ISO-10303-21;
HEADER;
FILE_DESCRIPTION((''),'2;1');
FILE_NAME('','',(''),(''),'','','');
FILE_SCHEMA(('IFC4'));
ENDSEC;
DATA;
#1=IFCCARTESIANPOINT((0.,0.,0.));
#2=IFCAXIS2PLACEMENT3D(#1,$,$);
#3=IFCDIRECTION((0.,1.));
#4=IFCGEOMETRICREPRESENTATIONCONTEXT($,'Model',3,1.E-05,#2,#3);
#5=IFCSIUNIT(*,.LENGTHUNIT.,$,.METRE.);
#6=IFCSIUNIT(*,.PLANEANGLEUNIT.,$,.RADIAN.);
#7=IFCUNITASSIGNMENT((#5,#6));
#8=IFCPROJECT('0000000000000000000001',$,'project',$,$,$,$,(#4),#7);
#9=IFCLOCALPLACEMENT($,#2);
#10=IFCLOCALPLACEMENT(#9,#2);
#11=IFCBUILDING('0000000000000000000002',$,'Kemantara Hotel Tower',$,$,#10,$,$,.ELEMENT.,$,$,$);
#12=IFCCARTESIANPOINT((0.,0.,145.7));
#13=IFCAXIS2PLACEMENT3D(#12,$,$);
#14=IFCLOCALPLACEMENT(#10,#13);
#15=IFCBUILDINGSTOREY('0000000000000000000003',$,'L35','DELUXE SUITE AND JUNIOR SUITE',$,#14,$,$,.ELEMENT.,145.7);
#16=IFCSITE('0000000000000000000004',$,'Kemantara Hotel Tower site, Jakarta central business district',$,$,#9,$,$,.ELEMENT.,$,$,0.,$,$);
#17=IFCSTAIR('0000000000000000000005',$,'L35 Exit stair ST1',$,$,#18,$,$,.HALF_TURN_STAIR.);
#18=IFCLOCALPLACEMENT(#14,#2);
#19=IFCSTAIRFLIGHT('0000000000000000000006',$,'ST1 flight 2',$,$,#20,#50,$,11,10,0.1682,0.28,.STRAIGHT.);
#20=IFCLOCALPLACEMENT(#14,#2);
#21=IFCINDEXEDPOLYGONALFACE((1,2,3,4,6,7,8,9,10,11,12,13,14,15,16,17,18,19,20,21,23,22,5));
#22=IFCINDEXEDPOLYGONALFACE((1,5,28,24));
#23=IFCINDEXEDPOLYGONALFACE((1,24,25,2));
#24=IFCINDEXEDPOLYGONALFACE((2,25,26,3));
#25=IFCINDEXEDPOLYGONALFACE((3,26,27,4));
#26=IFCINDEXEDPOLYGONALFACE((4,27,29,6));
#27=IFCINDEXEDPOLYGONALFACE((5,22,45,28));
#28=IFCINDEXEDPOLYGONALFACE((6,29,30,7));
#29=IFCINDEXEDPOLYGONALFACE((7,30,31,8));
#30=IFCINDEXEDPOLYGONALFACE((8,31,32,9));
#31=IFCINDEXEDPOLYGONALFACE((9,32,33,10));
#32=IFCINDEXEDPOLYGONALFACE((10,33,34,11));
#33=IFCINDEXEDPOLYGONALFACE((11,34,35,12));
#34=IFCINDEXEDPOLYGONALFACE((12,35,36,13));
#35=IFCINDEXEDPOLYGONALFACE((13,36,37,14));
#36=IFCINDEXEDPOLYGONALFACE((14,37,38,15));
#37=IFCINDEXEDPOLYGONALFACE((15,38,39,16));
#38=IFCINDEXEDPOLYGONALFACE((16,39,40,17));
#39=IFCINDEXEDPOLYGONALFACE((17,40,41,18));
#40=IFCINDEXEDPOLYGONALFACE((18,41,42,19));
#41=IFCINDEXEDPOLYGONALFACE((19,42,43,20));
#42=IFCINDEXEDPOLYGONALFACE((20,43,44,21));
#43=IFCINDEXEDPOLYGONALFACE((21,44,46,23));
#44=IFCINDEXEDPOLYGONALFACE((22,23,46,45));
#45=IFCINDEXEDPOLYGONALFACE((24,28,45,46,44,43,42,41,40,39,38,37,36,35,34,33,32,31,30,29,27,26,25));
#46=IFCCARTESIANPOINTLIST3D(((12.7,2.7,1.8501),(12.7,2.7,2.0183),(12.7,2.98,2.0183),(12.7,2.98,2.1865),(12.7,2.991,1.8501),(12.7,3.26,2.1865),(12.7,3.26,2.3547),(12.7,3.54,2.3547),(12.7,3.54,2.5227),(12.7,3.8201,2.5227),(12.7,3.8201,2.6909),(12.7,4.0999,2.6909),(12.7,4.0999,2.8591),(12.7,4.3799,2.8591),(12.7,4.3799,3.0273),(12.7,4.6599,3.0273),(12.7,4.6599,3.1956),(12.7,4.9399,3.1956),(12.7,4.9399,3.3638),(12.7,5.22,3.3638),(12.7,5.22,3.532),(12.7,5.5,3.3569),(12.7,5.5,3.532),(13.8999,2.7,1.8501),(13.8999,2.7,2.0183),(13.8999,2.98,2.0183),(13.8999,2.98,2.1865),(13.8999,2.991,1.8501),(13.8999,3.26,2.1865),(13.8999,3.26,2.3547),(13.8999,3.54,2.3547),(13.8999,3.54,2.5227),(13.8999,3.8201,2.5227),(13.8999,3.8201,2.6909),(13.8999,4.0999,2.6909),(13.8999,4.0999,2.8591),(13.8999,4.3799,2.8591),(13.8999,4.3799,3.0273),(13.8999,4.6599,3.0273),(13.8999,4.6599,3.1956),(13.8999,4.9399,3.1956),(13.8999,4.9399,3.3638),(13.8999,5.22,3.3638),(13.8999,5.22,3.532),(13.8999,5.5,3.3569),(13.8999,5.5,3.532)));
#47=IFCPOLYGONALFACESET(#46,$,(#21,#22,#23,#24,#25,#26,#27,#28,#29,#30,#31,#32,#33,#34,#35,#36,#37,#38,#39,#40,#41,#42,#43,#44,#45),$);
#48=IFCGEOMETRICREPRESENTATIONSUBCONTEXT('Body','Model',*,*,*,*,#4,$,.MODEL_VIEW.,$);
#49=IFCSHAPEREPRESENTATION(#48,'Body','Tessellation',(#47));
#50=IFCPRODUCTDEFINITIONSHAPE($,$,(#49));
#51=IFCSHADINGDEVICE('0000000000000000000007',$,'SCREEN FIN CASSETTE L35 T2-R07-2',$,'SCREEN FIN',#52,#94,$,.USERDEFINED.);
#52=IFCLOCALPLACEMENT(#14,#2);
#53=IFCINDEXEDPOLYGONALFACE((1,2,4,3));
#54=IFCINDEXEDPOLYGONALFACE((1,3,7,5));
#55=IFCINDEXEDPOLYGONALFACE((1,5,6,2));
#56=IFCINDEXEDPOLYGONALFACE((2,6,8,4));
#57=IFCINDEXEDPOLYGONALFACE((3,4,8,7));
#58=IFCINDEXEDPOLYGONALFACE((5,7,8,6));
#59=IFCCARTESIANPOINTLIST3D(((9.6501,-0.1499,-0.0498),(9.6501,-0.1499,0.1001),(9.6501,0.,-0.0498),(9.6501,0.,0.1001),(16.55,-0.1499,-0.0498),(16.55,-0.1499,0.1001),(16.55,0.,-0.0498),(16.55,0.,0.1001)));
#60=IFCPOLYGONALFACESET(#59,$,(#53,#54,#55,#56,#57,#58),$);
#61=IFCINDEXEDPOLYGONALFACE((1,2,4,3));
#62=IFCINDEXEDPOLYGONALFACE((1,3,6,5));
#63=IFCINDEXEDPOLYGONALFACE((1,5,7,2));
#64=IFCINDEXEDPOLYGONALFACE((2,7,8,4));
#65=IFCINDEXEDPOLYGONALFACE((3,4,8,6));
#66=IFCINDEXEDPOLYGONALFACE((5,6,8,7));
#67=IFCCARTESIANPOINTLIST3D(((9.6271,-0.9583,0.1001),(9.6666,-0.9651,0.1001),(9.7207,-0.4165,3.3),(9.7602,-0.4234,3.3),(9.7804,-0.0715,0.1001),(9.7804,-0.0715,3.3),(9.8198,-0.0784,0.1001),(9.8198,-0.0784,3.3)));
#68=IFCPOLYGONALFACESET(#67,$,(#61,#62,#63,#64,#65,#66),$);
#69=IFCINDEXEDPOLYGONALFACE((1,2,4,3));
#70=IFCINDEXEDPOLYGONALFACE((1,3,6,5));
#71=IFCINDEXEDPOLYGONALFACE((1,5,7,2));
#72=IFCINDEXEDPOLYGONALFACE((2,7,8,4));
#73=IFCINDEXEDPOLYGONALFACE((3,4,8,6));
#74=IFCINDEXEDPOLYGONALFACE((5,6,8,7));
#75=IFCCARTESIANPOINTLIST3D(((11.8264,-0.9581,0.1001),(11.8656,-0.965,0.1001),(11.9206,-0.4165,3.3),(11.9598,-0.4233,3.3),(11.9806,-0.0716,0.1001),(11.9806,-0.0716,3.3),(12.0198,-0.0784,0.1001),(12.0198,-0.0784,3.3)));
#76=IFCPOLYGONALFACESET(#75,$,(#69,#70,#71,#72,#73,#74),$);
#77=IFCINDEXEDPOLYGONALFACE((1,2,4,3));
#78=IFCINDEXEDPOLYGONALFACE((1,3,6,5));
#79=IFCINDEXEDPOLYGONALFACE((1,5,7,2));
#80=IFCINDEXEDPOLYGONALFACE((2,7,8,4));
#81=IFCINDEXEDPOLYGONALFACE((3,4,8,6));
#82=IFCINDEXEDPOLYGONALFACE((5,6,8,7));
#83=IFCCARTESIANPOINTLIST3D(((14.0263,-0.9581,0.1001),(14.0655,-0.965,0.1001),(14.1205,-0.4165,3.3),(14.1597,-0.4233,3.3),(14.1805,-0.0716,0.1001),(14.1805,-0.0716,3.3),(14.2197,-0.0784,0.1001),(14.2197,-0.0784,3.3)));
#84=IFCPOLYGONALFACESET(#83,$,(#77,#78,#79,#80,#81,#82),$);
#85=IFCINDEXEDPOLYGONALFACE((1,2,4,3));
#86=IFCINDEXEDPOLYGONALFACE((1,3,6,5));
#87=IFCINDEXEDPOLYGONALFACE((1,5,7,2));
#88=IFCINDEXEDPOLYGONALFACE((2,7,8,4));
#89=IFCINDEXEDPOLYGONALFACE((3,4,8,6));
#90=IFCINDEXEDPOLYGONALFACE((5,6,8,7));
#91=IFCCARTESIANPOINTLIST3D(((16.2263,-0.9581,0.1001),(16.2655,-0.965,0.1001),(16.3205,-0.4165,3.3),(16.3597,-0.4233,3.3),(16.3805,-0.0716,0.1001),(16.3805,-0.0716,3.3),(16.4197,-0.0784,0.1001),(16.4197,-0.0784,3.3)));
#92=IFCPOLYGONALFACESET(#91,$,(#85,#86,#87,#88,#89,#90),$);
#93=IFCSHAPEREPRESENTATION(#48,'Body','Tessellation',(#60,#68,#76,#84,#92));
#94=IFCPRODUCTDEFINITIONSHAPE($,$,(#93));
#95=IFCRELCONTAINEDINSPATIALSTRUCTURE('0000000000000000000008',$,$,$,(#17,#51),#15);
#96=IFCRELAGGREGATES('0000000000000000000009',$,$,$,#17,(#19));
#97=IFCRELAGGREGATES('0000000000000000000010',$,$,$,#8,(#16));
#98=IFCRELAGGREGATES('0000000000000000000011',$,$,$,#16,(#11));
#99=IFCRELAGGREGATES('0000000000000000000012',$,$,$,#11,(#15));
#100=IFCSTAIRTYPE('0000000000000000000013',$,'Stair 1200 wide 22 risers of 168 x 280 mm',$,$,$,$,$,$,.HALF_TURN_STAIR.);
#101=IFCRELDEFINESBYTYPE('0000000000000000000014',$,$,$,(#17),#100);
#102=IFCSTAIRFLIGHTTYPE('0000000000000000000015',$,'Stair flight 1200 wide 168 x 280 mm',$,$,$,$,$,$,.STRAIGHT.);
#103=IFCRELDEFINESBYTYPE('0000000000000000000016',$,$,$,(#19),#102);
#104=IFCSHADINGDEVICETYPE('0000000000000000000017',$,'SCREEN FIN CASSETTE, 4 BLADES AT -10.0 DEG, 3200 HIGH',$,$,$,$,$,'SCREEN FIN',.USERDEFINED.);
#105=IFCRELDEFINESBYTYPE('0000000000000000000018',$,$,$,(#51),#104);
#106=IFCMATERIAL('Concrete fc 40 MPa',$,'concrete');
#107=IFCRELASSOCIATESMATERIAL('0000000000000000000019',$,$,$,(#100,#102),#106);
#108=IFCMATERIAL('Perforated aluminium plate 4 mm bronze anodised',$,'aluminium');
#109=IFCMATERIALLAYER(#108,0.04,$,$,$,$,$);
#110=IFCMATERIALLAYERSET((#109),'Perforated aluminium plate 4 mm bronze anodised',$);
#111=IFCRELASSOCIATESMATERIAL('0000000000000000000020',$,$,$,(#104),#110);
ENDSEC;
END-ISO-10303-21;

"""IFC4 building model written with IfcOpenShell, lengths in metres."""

from ifc_helpers import new_model, si_unit, direction, frame, origin, origin_2d, place, context, subcontext, project, spatial, polyline, rectangle, outline, extrude, source, transform, mapped, material, layer, layer_set, type_object, element, aggregate, save


model = new_model("IFC4")

# Units and contexts
model_context = context("Model", 3, precision=1e-05, world=origin(), true_north=direction((0.0, 1.0)))
body_context = subcontext(model_context, "Body", "Model", "MODEL_VIEW")
ifc_project = project(units=[si_unit("LENGTHUNIT", "METRE"), si_unit("PLANEANGLEUNIT", "RADIAN")], contexts=[model_context])

# Site, building, storey
site_placement = place(None, origin())
site = spatial("IfcSite", under=ifc_project, at=site_placement, Name="Kemantara Hotel Tower site, Jakarta central business district", CompositionType="ELEMENT", RefElevation=0.0)
building_placement = place(site_placement, origin())
building = spatial("IfcBuilding", under=site, at=building_placement, Name="Kemantara Hotel Tower", CompositionType="ELEMENT")
storey_placement = place(building_placement, frame((0.0, 0.0, 145.7)))
storey = spatial("IfcBuildingStorey", under=building, at=storey_placement, Name="L35", Description="DELUXE SUITE AND JUNIOR SUITE", CompositionType="ELEMENT", Elevation=145.7)

# Stair, stair flight
ifc_material_1 = material(Name="Concrete fc 40 MPa", Category="concrete")
stair_type = type_object("IfcStairType", Name="Stair 1200 wide 22 risers of 168 x 280 mm", PredefinedType="HALF_TURN_STAIR", material=ifc_material_1)
stair_placement = place(storey_placement, origin())
stair = element("IfcStair", 1, at=stair_placement, inside=storey, type_object=stair_type, Name="L35 Exit stair ST1", PredefinedType="HALF_TURN_STAIR")
stair_flight_type = type_object("IfcStairFlightType", Name="Stair flight 1200 wide 168 x 280 mm", PredefinedType="STRAIGHT", material=ifc_material_1)
stair_flight_placement = place(storey_placement, frame((13.3, 2.7, 1.8501), z_axis=(0.0, 0.0, 1.0), x_axis=(0.0, 1.0, 0.0)))
stair_flight = element("IfcStairFlight", 2, at=stair_flight_placement, type_object=stair_flight_type, Name="ST1 flight 2", NumberOfRisers=11, NumberOfTreads=10, PredefinedType="STRAIGHT", RiserHeight=0.1682, TreadLength=0.28, context=body_context, shape_type="SweptSolid", body=[
    extrude(outline(polyline([(0.0, 0.0), (0.0, 0.1682), (0.28, 0.1682), (0.28, 0.3364), (0.5601, 0.3364), (0.5601, 0.5046), (0.8401, 0.5046), (0.8401, 0.6726), (1.1201, 0.6726), (1.1201, 0.8408), (1.3999, 0.8408), (1.3999, 1.009), (1.6799, 1.009), (1.6799, 1.1772), (1.96, 1.1772), (1.96, 1.3455), (2.24, 1.3455), (2.24, 1.5137), (2.52, 1.5137), (2.52, 1.6819), (2.8, 1.6819), (2.8, 1.8501), (2.8, 1.5068), (0.291, 0.0), (0.0, 0.0)])), frame((0.0, 0.6001, 0.0), z_axis=(0.0, -1.0, 0.0), x_axis=(1.0, 0.0, 0.0)), (0.0, 0.0, 1.0), 1.2),
])
aggregate(stair, [stair_flight])

# Shading device
ifc_material_2 = material(Name="Perforated aluminium plate 4 mm bronze anodised", Category="aluminium")
ifc_layer_1 = layer(ifc_material_2, 0.04)
ifc_layer_set_1 = layer_set([ifc_layer_1], Name="Perforated aluminium plate 4 mm bronze anodised")
shading_device_type = type_object("IfcShadingDeviceType", Name="SCREEN FIN CASSETTE, 4 BLADES AT -10.0 DEG, 3200 HIGH", ElementType="SCREEN FIN", PredefinedType="USERDEFINED", material=ifc_layer_set_1)
shared_shape = source(origin(), body_context, "Body", "SweptSolid", [
    extrude(rectangle(XDim=6.8999, YDim=0.1499, at=origin_2d()), frame((3.3, -0.075, -0.1499), z_axis=(0.0, 0.0, 1.0), x_axis=(1.0, 0.0, 0.0)), (0.0, 0.0, 1.0), 0.1499),
    extrude(outline(polyline([(0.0, 0.0), (0.8999, 0.0), (0.3501, 3.2), (0.0, 3.2), (0.0, 0.0)])), frame((0.0198, -0.0784, 0.0), z_axis=(-0.98539, 0.170314, 0.0), x_axis=(-0.170314, -0.98539, 0.0)), (0.0, 0.0, 1.0), 0.04),
    extrude(outline(polyline([(0.0, 0.0), (0.8999, 0.0), (0.3501, 3.2), (0.0, 3.2), (0.0, 0.0)])), frame((2.2197, -0.0784, 0.0), z_axis=(-0.985212, 0.171341, 0.0), x_axis=(-0.171341, -0.985212, 0.0)), (0.0, 0.0, 1.0), 0.0398),
    extrude(outline(polyline([(0.0, 0.0), (0.8999, 0.0), (0.3501, 3.2), (0.0, 3.2), (0.0, 0.0)])), frame((4.4197, -0.0784, 0.0), z_axis=(-0.985212, 0.171341, 0.0), x_axis=(-0.171341, -0.985212, 0.0)), (0.0, 0.0, 1.0), 0.0398),
    extrude(outline(polyline([(0.0, 0.0), (0.8999, 0.0), (0.3501, 3.2), (0.0, 3.2), (0.0, 0.0)])), frame((6.6196, -0.0784, 0.0), z_axis=(-0.985212, 0.171341, 0.0), x_axis=(-0.171341, -0.985212, 0.0)), (0.0, 0.0, 1.0), 0.0398),
])
shading_device_placement = place(storey_placement, frame((9.8, 0.0, 0.1001), z_axis=(0.0, 0.0, 1.0), x_axis=(1.0, 0.0, 0.0)))
element("IfcShadingDevice", 3, at=shading_device_placement, inside=storey, type_object=shading_device_type, Name="SCREEN FIN CASSETTE L35 T2-R07-2", ObjectType="SCREEN FIN", PredefinedType="USERDEFINED", context=body_context, shape_type="MappedRepresentation", body=[
    mapped(shared_shape, transform((0.0, 0.0, 0.0))),
])

save(model, "model.ifc")
